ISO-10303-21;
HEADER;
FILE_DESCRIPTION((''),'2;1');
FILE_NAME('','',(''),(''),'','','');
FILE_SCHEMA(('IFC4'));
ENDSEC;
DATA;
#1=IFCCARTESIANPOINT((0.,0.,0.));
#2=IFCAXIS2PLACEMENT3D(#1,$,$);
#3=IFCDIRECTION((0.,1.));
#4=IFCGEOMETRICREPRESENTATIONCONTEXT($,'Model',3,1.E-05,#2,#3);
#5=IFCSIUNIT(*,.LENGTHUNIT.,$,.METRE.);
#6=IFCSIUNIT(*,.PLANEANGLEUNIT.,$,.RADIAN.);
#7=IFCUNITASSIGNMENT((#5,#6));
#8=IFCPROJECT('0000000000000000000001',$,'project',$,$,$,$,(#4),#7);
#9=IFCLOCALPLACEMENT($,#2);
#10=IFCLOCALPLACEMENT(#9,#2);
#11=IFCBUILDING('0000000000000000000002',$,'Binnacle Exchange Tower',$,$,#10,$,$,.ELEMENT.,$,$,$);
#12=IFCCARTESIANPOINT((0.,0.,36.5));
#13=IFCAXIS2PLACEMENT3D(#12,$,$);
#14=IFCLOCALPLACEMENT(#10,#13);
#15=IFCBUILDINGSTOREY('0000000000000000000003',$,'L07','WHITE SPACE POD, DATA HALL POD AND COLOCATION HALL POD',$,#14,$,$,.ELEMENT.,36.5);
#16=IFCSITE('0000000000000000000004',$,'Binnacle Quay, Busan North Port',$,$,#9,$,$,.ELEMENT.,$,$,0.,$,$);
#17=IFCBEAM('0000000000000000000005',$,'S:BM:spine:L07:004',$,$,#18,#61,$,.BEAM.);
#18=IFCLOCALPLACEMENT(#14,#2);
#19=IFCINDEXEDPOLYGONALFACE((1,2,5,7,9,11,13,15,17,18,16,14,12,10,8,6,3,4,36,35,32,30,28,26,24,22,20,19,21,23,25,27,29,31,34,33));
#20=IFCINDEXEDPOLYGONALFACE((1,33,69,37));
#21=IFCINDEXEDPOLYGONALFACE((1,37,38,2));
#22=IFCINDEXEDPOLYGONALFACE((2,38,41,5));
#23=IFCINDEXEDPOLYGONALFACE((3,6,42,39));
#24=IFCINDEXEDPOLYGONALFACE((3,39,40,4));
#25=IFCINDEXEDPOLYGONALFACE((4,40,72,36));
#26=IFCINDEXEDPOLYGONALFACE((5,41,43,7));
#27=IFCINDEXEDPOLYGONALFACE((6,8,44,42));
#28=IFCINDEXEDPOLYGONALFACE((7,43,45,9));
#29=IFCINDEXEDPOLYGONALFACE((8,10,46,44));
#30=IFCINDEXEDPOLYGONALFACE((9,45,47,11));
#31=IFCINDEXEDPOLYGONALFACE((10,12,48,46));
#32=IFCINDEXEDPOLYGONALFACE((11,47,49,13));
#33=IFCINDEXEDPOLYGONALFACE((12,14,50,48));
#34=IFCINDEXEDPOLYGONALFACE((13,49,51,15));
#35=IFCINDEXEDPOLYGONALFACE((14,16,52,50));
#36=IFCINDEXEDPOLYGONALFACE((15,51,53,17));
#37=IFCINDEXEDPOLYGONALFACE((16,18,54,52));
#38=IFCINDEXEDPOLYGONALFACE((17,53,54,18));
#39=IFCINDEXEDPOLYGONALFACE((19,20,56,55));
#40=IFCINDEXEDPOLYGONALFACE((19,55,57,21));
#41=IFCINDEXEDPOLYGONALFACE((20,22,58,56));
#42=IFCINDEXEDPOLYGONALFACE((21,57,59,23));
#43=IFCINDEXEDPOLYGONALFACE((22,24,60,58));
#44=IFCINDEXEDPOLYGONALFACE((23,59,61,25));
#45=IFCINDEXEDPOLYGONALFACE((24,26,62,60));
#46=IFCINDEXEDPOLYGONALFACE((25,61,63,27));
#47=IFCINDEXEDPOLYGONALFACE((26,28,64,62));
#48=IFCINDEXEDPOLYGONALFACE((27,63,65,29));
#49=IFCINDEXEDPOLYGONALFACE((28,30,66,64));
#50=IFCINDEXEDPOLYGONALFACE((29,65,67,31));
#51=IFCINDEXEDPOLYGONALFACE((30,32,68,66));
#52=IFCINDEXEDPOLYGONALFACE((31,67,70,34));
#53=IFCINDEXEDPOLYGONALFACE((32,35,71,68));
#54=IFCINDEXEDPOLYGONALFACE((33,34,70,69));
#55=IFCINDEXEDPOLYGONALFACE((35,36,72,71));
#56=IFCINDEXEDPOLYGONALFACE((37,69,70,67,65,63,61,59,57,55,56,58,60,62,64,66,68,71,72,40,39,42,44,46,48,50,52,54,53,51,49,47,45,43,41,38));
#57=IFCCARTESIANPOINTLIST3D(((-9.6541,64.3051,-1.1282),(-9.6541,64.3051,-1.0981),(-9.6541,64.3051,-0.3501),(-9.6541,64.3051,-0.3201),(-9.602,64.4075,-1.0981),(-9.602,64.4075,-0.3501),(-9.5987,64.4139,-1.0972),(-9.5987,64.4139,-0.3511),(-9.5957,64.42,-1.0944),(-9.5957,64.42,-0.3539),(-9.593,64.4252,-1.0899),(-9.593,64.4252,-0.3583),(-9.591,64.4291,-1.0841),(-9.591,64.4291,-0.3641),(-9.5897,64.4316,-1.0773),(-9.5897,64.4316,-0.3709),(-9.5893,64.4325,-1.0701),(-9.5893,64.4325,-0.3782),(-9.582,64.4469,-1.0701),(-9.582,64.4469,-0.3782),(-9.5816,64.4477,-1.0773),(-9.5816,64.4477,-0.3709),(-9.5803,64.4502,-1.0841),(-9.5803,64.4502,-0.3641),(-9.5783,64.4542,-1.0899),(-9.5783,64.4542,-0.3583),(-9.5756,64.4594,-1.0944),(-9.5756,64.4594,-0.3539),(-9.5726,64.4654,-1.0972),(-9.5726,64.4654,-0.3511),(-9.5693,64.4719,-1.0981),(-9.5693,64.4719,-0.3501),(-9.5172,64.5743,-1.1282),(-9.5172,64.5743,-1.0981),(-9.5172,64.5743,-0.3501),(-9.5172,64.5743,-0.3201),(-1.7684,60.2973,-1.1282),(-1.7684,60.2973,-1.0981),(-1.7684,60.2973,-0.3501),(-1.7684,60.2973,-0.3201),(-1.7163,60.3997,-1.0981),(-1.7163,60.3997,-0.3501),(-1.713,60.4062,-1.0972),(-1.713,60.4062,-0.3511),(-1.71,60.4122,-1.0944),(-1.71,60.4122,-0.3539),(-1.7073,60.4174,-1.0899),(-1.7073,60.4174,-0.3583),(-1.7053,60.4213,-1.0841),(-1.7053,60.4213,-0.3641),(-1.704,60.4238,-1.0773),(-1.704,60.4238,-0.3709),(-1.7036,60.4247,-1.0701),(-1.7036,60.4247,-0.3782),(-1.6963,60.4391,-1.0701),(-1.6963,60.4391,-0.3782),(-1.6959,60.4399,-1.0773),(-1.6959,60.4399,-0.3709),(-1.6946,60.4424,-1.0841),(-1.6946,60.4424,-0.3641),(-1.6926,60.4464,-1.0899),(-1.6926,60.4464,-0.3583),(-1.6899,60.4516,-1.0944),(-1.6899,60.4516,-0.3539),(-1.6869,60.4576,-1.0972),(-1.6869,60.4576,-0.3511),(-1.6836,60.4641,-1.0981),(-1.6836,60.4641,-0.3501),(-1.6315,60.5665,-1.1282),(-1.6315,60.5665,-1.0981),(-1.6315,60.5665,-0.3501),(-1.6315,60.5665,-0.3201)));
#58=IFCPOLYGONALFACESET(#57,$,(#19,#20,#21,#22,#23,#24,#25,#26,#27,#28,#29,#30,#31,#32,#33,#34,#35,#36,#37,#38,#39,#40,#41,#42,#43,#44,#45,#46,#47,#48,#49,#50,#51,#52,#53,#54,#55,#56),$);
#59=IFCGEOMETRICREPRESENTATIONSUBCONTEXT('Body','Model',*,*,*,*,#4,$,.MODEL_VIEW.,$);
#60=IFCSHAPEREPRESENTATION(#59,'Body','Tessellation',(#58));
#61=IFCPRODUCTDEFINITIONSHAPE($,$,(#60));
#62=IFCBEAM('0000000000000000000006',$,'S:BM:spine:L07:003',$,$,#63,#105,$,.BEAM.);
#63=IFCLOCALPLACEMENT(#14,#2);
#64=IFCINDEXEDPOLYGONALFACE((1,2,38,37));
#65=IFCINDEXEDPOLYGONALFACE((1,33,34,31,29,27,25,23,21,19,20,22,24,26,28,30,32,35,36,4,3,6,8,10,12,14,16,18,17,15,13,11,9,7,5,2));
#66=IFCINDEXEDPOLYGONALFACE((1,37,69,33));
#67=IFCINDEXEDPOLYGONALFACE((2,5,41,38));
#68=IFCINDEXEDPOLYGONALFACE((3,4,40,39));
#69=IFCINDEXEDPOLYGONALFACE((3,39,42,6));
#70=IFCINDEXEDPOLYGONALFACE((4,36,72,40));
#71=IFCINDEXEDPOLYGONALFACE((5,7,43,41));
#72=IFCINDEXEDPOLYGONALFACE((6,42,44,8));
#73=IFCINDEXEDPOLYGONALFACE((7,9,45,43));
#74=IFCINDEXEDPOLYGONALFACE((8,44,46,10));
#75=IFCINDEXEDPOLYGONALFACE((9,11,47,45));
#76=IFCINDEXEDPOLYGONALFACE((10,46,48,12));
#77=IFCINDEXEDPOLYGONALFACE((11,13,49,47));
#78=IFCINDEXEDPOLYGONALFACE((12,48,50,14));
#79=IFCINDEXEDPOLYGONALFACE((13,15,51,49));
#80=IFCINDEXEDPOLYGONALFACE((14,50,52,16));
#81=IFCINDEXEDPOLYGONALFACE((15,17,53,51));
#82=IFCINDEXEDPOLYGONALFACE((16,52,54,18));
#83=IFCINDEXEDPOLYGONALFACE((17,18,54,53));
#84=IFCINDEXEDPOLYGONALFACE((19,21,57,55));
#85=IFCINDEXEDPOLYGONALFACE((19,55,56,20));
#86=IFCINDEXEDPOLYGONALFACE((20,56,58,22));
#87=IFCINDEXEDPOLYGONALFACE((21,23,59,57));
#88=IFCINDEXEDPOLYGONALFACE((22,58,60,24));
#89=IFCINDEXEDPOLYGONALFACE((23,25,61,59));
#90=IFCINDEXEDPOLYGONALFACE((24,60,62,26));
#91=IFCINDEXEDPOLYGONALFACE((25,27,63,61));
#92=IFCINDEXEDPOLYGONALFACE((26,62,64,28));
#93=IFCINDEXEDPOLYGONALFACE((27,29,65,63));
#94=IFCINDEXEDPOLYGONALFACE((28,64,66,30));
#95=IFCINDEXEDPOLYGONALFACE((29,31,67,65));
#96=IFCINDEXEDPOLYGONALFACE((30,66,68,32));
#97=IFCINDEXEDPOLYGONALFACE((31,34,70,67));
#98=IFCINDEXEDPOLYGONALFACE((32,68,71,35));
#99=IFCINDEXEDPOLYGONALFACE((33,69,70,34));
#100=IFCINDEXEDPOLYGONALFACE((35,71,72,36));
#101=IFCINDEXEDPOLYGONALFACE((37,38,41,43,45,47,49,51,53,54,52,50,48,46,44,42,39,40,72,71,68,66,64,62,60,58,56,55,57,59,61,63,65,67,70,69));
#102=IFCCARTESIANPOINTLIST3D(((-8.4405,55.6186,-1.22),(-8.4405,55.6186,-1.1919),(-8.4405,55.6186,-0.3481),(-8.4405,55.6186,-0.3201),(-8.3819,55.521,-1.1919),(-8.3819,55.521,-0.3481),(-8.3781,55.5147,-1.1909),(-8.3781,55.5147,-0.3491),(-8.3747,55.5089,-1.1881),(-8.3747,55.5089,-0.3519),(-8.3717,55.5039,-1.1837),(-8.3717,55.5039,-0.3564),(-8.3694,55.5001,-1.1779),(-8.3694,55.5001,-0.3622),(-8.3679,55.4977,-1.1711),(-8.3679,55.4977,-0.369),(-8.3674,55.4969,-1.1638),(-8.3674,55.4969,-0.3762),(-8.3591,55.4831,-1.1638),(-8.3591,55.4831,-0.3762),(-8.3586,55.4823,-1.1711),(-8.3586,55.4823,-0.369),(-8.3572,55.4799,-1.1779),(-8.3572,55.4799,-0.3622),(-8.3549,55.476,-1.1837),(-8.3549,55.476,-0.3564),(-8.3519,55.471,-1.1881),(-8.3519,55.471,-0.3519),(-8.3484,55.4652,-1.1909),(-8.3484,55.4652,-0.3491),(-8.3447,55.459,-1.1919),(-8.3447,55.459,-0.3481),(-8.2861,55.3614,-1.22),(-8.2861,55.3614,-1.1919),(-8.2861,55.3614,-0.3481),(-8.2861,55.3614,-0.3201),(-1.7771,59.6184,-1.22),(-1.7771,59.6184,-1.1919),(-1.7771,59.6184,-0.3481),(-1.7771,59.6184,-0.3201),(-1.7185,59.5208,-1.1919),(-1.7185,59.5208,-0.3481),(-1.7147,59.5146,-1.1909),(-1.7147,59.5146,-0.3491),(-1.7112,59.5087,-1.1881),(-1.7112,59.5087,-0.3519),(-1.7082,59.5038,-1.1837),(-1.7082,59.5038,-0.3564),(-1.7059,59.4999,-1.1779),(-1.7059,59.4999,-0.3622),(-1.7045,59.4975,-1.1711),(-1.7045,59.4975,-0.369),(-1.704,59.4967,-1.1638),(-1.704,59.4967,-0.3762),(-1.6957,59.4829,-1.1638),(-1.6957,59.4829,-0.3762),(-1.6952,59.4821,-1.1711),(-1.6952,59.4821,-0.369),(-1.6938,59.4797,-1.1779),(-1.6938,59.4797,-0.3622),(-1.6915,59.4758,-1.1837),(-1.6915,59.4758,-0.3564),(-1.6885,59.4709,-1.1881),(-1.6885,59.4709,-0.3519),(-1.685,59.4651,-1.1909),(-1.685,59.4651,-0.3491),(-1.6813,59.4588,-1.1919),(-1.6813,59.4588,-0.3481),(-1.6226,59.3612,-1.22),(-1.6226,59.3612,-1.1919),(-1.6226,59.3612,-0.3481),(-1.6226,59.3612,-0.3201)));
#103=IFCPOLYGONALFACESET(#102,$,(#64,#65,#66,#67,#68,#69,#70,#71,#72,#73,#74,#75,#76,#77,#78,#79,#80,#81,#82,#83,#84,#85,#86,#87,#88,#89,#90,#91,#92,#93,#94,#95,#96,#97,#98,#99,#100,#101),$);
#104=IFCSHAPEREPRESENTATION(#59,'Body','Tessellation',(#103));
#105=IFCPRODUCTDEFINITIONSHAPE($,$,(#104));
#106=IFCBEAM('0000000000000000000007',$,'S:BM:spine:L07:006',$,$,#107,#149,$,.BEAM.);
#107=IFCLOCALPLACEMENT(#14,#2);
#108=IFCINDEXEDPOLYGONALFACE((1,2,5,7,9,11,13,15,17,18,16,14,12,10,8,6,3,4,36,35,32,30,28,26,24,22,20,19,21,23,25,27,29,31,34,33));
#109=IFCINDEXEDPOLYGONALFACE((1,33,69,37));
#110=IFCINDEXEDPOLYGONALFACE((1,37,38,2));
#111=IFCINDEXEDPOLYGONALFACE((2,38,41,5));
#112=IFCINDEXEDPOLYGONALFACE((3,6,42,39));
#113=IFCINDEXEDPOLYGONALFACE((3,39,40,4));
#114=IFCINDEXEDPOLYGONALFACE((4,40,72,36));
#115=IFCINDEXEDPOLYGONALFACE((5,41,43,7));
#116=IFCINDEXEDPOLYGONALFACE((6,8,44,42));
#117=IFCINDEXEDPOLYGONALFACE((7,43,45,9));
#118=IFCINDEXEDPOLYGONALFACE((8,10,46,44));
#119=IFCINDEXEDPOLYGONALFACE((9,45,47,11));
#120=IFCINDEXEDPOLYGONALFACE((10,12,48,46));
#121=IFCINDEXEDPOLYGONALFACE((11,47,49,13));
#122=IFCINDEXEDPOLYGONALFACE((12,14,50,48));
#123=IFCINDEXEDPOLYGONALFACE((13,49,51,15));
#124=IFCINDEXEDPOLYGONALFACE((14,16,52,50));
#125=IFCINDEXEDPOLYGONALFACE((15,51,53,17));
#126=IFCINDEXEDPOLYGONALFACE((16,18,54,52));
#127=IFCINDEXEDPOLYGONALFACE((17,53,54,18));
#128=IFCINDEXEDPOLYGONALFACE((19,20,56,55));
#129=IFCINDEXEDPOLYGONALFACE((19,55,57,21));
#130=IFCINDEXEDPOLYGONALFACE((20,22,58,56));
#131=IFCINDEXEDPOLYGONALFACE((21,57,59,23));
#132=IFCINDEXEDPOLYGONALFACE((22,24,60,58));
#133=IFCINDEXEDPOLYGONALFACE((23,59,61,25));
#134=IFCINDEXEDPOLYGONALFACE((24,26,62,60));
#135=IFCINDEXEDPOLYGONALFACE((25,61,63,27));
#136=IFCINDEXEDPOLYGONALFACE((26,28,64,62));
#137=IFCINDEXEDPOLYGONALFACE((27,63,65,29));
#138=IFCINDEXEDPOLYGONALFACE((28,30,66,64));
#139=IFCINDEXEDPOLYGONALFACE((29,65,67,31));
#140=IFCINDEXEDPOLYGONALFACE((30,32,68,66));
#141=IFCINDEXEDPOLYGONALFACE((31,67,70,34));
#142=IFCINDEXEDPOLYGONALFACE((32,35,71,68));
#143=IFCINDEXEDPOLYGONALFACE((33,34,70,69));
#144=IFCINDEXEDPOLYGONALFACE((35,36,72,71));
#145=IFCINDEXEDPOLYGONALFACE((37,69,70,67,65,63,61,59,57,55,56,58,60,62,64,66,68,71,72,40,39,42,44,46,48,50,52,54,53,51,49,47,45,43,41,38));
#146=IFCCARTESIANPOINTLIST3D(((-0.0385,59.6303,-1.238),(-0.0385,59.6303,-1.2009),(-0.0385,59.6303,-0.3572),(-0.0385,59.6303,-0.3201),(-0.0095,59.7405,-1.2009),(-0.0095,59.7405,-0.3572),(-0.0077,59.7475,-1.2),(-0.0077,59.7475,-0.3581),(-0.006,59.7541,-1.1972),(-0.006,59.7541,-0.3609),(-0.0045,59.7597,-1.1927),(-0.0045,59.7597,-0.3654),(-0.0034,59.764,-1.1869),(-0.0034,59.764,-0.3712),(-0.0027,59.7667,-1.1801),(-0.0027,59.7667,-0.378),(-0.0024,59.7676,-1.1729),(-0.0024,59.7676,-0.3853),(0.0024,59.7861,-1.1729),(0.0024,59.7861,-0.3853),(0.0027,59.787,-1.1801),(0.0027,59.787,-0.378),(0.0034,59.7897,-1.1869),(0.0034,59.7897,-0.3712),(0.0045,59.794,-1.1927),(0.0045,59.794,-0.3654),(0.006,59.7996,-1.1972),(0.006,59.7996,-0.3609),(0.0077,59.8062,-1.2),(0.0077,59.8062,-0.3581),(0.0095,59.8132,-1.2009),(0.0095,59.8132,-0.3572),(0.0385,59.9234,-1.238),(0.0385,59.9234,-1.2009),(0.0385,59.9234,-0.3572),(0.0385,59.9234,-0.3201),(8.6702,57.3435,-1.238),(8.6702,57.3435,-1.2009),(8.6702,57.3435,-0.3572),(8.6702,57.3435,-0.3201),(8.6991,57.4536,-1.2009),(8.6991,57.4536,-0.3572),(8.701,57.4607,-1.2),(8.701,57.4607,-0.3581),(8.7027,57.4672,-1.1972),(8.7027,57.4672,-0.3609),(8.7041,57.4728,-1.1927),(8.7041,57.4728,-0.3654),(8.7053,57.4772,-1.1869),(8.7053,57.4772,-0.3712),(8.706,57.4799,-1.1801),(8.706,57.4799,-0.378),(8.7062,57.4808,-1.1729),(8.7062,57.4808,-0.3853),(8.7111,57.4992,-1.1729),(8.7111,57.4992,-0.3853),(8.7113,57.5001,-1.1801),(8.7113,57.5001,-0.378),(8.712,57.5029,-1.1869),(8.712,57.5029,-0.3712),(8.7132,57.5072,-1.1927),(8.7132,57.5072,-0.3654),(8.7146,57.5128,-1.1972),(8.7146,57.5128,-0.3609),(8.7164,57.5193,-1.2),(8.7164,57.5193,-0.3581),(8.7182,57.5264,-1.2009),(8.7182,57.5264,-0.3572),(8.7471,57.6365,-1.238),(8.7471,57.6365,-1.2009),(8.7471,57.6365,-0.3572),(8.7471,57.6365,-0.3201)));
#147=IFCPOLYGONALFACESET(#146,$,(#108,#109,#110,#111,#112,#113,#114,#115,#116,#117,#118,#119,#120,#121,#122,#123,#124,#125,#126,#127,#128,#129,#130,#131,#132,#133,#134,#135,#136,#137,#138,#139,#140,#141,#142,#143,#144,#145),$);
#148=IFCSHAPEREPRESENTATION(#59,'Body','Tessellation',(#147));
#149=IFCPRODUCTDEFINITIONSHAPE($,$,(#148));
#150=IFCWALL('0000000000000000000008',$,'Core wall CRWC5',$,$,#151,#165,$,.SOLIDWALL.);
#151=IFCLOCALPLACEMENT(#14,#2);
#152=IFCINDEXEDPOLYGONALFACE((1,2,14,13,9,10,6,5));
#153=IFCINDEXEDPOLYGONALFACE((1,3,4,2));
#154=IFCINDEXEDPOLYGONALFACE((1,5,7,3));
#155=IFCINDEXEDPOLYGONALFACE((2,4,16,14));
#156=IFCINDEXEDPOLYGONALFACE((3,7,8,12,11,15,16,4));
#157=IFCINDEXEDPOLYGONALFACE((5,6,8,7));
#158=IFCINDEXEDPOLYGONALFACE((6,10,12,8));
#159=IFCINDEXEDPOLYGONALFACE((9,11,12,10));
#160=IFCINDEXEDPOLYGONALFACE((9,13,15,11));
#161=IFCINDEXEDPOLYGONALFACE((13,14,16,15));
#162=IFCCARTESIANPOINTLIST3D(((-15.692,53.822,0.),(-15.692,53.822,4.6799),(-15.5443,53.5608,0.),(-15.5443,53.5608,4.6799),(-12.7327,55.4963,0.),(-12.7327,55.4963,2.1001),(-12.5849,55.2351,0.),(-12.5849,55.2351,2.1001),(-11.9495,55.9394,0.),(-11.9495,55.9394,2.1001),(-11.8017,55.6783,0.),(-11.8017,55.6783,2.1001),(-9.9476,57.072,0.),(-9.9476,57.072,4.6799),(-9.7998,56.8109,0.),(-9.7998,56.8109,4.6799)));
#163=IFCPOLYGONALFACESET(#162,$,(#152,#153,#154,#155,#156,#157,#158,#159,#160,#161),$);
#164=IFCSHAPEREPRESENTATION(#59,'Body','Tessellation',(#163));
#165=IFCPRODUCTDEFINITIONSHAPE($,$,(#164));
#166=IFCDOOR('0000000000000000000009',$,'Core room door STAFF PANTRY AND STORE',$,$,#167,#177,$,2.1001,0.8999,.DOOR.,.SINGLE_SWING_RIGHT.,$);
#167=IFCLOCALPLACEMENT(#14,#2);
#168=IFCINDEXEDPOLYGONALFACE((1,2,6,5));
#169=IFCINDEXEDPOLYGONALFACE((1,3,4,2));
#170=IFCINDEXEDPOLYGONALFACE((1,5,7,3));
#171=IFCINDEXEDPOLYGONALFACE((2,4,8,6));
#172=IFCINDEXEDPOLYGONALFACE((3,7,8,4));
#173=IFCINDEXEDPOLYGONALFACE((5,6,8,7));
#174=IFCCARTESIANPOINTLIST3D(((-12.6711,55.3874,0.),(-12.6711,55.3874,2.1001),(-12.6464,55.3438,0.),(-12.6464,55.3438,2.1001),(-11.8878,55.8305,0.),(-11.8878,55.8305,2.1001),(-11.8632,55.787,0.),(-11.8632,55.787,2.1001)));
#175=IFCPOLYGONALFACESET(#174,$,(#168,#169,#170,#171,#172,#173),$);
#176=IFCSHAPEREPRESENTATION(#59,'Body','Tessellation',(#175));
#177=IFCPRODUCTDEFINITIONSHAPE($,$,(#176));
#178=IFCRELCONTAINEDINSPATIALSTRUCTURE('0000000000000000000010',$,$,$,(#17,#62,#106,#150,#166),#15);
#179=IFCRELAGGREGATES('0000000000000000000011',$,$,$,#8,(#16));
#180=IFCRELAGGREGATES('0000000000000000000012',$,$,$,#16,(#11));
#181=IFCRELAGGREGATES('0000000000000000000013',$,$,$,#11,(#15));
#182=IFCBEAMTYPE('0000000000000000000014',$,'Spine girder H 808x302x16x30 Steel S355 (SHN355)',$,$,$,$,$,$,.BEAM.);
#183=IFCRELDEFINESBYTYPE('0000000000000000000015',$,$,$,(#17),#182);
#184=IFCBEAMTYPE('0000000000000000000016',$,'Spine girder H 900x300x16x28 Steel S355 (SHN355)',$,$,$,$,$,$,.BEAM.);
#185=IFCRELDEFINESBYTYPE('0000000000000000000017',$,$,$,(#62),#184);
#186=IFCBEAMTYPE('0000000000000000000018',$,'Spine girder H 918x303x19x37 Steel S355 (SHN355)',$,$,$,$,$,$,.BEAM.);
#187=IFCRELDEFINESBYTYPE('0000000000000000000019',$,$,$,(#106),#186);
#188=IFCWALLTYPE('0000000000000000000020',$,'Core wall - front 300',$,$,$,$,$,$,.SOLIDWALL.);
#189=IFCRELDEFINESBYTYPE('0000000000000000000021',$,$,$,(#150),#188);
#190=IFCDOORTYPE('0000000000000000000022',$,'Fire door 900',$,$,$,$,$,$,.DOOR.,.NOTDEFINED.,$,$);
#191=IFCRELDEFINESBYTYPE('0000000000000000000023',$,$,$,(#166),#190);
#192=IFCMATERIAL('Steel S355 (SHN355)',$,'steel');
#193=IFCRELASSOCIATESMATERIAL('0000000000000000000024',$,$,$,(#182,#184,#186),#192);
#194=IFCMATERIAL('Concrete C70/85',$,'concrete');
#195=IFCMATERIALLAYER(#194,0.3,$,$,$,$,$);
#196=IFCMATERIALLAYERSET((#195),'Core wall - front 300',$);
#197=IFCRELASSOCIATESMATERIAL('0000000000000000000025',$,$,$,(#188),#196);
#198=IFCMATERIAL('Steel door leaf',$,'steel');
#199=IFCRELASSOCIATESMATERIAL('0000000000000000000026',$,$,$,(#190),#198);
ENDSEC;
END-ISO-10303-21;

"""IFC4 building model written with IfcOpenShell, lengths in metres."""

from ifc_helpers import new_model, si_unit, direction, frame, frame_2d, origin, origin_2d, place, context, subcontext, project, spatial, rectangle, i_section, extrude, material, layer, layer_set, material_profile, profile_set, type_object, element, fill, save


model = new_model("IFC4")

# Units and contexts
model_context = context("Model", 3, precision=1e-05, world=origin(), true_north=direction((0.0, 1.0)))
body_context = subcontext(model_context, "Body", "Model", "MODEL_VIEW")
ifc_project = project(units=[si_unit("LENGTHUNIT", "METRE"), si_unit("PLANEANGLEUNIT", "RADIAN")], contexts=[model_context])

# Site, building, storey
site_placement = place(None, origin())
site = spatial("IfcSite", under=ifc_project, at=site_placement, Name="Binnacle Quay, Busan North Port", CompositionType="ELEMENT", RefElevation=0.0)
building_placement = place(site_placement, origin())
building = spatial("IfcBuilding", under=site, at=building_placement, Name="Binnacle Exchange Tower", CompositionType="ELEMENT")
storey_placement = place(building_placement, frame((0.0, 0.0, 36.5)))
storey = spatial("IfcBuildingStorey", under=building, at=storey_placement, Name="L07", Description="WHITE SPACE POD, DATA HALL POD AND COLOCATION HALL POD", CompositionType="ELEMENT", Elevation=36.5)

# Shared definitions
ifc_material_1 = material(Name="Concrete C70/85", Category="concrete")

# Beams
ifc_material_2 = material(Name="Steel S355 (SHN355)", Category="steel")
ifc_material_profile_1 = material_profile(ifc_material_2, i_section(OverallWidth=0.302, OverallDepth=0.8081, WebThickness=0.0161, FlangeThickness=0.03, FilletRadius=0.0281, at=origin_2d()), Name="H 808x302x16x30")
ifc_profile_set_1 = profile_set([ifc_material_profile_1], Name="Steel S355 (SHN355)")
beam_type_1 = type_object("IfcBeamType", Name="Spine girder H 808x302x16x30 Steel S355 (SHN355)", PredefinedType="BEAM", material=ifc_profile_set_1)
beam_1_placement = place(storey_placement, frame((-1.7, 60.4319, -0.7241), z_axis=(-0.891471, 0.453077, 0.0), x_axis=(-0.453077, -0.891471, 0.0)))
element("IfcBeam", 1, at=beam_1_placement, inside=storey, type_object=beam_type_1, Name="S:BM:spine:L07:004", PredefinedType="BEAM", context=body_context, shape_type="SweptSolid", body=[
    extrude(i_section(OverallWidth=0.302, OverallDepth=0.8081, WebThickness=0.0161, FlangeThickness=0.03, FilletRadius=0.0281, at=origin_2d()), origin(), (0.0, 0.0, 1.0), 8.8457),
])
ifc_material_profile_2 = material_profile(ifc_material_2, i_section(OverallWidth=0.3, OverallDepth=0.8999, WebThickness=0.0161, FlangeThickness=0.0281, FilletRadius=0.0281, at=origin_2d()), Name="H 900x300x16x28")
ifc_profile_set_2 = profile_set([ifc_material_profile_2], Name="Steel S355 (SHN355)")
beam_type_2 = type_object("IfcBeamType", Name="Spine girder H 900x300x16x28 Steel S355 (SHN355)", PredefinedType="BEAM", material=ifc_profile_set_2)
beam_2_placement = place(storey_placement, frame((-8.3633, 55.49, -0.77), z_axis=(0.857393, 0.514662, 0.0), x_axis=(-0.514662, 0.857393, 0.0)))
element("IfcBeam", 2, at=beam_2_placement, inside=storey, type_object=beam_type_2, Name="S:BM:spine:L07:003", PredefinedType="BEAM", context=body_context, shape_type="SweptSolid", body=[
    extrude(i_section(OverallWidth=0.3, OverallDepth=0.8999, WebThickness=0.0161, FlangeThickness=0.0281, FilletRadius=0.0281, at=origin_2d()), origin(), (0.0, 0.0, 1.0), 7.7717),
])
ifc_material_profile_3 = material_profile(ifc_material_2, i_section(OverallWidth=0.303, OverallDepth=0.918, WebThickness=0.019, FlangeThickness=0.0371, FilletRadius=0.0281, at=origin_2d()), Name="H 918x303x19x37")
ifc_profile_set_3 = profile_set([ifc_material_profile_3], Name="Steel S355 (SHN355)")
beam_type_3 = type_object("IfcBeamType", Name="Spine girder H 918x303x19x37 Steel S355 (SHN355)", PredefinedType="BEAM", material=ifc_profile_set_3)
beam_3_placement = place(storey_placement, frame((0.0, 59.7769, -0.7791), z_axis=(0.967209, -0.253983, 0.0), x_axis=(0.253983, 0.967209, 0.0)))
element("IfcBeam", 3, at=beam_3_placement, inside=storey, type_object=beam_type_3, Name="S:BM:spine:L07:006", PredefinedType="BEAM", context=body_context, shape_type="SweptSolid", body=[
    extrude(i_section(OverallWidth=0.303, OverallDepth=0.918, WebThickness=0.019, FlangeThickness=0.0371, FilletRadius=0.0281, at=origin_2d()), origin(), (0.0, 0.0, 1.0), 9.0039),
])

# Wall, opening, door
ifc_layer_1 = layer(ifc_material_1, 0.3)
ifc_layer_set_1 = layer_set([ifc_layer_1], Name="Core wall - front 300")
wall_type_1 = type_object("IfcWallType", Name="Core wall - front 300", PredefinedType="SOLIDWALL", material=ifc_layer_set_1)
wall_1_placement = place(storey_placement, frame((-15.6182, 53.6914, 0.0), z_axis=(0.0, 0.0, 1.0), x_axis=(0.870357, 0.492422, 0.0)))
wall_1 = element("IfcWall", 4, at=wall_1_placement, inside=storey, type_object=wall_type_1, Name="Core wall CRWC5", PredefinedType="SOLIDWALL", context=body_context, shape_type="SweptSolid", body=[
    extrude(rectangle(XDim=6.6001, YDim=0.3, at=frame_2d((3.3, 0.0))), origin(), (0.0, 0.0, 1.0), 4.6799),
])
opening_1_placement = place(wall_1_placement, frame((3.4001, 0.0, 0.0)))
opening_1 = element("IfcOpeningElement", 5, at=opening_1_placement, cuts=wall_1, PredefinedType="OPENING", context=body_context, shape_type="SweptSolid", body=[
    extrude(rectangle(XDim=0.8999, YDim=2.1001, at=frame_2d((0.45, 1.05))), frame((0.0, 0.1599, 0.0), z_axis=(0.0, -1.0, 0.0), x_axis=(1.0, 0.0, 0.0)), (0.0, 0.0, 1.0), 0.3201),
])
ifc_material_3 = material(Name="Steel door leaf", Category="steel")
door_type_1 = type_object("IfcDoorType", Name="Fire door 900", OperationType="NOTDEFINED", PredefinedType="DOOR", material=ifc_material_3)
door_1_placement = place(opening_1_placement, origin())
door_1 = element("IfcDoor", 6, at=door_1_placement, inside=storey, type_object=door_type_1, Name="Core room door STAFF PANTRY AND STORE", OperationType="SINGLE_SWING_RIGHT", OverallHeight=2.1001, OverallWidth=0.8999, PredefinedType="DOOR", context=body_context, shape_type="SweptSolid", body=[
    extrude(rectangle(XDim=0.8999, YDim=2.1001, at=frame_2d((0.45, 1.05))), frame((0.0, 0.0249, 0.0), z_axis=(0.0, -1.0, 0.0), x_axis=(1.0, 0.0, 0.0)), (0.0, 0.0, 1.0), 0.05),
])
fill(opening_1, door_1)

save(model, "model.ifc")
